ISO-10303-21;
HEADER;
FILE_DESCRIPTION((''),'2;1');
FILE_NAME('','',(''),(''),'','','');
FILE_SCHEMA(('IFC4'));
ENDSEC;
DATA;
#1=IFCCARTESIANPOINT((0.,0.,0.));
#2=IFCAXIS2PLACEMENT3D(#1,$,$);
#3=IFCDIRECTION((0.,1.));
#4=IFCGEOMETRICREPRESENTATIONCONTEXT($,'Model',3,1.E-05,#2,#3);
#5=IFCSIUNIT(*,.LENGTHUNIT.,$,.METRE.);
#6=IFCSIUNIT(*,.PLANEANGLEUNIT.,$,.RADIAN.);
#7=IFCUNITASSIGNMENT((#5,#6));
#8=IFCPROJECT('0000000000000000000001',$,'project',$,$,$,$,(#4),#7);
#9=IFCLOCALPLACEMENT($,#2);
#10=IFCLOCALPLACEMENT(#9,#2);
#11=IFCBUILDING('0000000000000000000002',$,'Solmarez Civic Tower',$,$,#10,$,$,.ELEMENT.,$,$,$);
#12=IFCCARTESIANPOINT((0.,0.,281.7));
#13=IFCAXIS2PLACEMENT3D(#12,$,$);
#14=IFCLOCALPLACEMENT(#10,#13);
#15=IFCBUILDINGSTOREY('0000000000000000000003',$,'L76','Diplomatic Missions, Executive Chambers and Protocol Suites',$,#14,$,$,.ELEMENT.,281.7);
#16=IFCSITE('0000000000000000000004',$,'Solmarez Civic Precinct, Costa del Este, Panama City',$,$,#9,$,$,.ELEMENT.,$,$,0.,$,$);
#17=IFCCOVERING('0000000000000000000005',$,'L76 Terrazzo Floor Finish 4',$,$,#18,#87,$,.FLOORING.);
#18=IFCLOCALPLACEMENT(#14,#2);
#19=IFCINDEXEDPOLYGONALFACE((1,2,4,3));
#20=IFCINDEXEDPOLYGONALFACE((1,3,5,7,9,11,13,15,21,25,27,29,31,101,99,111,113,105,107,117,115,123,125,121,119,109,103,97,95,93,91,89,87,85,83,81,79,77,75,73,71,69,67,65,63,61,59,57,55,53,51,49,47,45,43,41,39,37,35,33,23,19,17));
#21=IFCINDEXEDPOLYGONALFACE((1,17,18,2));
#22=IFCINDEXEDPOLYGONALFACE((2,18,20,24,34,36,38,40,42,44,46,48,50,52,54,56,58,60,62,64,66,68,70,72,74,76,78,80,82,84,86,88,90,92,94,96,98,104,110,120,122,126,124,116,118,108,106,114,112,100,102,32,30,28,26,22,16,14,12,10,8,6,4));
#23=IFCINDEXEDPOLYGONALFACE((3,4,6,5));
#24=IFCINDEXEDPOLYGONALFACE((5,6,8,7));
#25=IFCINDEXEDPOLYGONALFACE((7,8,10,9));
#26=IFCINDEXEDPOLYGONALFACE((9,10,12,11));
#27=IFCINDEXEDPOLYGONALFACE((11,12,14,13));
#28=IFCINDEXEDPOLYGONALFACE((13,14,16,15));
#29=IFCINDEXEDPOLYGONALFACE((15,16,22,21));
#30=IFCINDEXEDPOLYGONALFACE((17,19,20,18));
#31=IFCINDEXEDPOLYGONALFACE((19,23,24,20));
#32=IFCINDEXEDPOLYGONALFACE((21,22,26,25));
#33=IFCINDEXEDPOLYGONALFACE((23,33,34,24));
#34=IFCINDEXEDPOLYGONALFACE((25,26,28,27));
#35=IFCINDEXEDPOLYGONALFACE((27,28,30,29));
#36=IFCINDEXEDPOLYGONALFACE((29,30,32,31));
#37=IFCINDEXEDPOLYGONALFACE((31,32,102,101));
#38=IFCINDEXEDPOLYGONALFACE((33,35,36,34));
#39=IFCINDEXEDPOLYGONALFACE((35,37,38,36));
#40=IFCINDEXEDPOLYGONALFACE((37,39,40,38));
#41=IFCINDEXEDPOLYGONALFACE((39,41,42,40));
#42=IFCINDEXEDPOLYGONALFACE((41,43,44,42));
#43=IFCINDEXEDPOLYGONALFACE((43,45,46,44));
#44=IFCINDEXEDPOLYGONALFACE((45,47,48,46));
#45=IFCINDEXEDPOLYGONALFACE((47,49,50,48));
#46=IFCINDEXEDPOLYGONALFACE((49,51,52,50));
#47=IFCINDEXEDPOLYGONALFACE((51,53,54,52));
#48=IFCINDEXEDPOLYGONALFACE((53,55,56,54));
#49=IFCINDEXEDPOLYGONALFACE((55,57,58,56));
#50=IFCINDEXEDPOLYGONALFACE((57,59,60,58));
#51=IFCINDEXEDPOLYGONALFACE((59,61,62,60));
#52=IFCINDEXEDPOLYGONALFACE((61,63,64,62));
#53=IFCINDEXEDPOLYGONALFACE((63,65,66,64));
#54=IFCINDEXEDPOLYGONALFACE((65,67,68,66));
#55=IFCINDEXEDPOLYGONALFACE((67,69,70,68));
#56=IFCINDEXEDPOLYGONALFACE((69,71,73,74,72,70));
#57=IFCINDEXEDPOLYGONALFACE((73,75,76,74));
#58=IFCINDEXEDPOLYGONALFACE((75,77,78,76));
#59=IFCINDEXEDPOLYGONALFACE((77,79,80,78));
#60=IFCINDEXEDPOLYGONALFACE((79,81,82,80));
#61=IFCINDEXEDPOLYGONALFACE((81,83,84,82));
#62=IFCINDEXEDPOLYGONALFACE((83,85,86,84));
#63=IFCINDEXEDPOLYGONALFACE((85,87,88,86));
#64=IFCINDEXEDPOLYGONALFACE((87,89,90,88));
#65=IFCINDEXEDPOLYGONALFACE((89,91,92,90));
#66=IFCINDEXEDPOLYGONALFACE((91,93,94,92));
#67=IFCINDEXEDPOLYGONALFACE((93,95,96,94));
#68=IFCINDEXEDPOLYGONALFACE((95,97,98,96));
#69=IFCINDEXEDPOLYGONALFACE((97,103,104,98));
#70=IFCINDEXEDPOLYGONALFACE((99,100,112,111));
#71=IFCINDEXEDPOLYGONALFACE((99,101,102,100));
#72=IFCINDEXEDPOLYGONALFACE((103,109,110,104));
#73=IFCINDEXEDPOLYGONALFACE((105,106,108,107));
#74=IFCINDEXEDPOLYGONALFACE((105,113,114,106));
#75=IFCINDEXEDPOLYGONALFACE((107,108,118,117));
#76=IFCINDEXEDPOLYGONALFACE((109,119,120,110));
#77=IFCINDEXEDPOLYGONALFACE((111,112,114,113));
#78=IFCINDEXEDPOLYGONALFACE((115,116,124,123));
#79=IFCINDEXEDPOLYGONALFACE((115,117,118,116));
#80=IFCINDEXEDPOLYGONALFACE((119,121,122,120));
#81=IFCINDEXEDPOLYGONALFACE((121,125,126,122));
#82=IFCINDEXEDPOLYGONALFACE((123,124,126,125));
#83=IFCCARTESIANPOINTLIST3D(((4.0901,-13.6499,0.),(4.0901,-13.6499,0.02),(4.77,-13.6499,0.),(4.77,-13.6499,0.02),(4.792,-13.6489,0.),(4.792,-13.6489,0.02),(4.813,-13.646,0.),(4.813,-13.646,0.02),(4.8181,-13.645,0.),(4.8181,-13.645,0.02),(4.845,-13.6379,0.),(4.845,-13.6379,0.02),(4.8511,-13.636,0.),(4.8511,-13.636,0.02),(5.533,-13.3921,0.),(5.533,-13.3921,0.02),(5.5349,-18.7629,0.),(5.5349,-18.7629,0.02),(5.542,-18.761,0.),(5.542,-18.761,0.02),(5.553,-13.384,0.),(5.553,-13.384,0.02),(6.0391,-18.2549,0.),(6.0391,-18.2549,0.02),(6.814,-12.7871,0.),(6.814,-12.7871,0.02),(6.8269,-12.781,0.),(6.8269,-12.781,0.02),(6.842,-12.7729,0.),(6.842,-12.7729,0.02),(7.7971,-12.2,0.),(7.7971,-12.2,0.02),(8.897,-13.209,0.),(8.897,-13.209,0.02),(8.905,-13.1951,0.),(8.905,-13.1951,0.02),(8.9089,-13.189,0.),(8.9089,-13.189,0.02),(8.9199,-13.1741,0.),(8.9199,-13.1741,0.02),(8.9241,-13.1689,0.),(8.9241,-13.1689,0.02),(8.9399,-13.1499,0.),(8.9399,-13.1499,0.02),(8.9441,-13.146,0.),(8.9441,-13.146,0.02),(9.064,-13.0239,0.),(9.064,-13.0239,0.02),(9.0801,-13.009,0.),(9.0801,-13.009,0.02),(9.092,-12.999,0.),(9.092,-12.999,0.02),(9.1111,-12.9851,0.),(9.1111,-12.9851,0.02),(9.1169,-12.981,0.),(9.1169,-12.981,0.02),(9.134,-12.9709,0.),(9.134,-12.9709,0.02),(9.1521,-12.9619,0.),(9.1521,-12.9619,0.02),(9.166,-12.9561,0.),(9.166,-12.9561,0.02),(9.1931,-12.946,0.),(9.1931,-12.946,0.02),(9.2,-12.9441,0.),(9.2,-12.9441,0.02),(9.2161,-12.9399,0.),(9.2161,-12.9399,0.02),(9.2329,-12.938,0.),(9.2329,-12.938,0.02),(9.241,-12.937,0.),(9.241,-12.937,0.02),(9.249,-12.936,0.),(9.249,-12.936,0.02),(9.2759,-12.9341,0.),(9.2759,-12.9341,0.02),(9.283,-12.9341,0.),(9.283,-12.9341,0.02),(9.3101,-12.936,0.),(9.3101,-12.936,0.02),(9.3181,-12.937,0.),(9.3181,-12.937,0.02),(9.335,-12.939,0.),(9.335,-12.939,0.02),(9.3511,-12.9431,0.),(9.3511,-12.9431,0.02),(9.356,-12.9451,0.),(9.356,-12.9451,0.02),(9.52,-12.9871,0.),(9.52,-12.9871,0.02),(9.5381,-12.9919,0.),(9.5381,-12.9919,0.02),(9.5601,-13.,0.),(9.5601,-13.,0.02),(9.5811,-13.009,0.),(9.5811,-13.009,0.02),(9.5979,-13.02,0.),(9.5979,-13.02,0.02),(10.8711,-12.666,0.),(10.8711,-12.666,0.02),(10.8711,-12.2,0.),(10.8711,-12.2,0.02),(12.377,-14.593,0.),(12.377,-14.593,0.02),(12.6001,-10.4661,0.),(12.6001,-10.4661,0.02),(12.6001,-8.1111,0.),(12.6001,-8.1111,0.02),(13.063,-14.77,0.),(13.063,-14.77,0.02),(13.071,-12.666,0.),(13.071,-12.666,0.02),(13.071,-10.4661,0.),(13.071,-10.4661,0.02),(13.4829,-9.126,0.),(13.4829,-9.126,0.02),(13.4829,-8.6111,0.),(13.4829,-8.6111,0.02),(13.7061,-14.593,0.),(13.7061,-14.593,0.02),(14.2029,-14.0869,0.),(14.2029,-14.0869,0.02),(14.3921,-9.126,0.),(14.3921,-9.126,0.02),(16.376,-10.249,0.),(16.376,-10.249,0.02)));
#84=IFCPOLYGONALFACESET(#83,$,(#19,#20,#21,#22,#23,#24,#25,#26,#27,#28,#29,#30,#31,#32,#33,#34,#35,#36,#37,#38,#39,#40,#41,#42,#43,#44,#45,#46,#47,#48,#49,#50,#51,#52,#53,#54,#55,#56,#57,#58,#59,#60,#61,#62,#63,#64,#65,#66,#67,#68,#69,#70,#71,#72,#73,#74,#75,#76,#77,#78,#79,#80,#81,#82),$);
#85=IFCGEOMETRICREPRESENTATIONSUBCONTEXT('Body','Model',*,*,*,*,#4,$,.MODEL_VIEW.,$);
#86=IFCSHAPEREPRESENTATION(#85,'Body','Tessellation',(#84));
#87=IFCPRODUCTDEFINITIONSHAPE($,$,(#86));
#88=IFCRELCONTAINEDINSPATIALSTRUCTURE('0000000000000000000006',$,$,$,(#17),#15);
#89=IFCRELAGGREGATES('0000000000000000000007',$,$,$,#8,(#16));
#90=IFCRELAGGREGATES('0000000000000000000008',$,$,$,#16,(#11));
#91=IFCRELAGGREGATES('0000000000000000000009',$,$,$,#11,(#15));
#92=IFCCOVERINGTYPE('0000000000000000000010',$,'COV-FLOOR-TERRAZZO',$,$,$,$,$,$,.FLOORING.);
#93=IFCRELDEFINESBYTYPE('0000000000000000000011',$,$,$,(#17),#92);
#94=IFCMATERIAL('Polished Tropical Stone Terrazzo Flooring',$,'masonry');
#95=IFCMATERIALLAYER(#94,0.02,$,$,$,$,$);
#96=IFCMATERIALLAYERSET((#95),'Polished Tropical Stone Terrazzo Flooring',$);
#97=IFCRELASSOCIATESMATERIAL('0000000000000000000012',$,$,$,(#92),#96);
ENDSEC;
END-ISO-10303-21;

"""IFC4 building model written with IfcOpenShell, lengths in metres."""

from ifc_helpers import new_model, si_unit, direction, frame, origin, place, context, subcontext, project, spatial, polyline, outline, extrude, material, layer, layer_set, type_object, element, save


model = new_model("IFC4")

# Units and contexts
model_context = context("Model", 3, precision=1e-05, world=origin(), true_north=direction((0.0, 1.0)))
body_context = subcontext(model_context, "Body", "Model", "MODEL_VIEW")
ifc_project = project(units=[si_unit("LENGTHUNIT", "METRE"), si_unit("PLANEANGLEUNIT", "RADIAN")], contexts=[model_context])

# Site, building, storey
site_placement = place(None, origin())
site = spatial("IfcSite", under=ifc_project, at=site_placement, Name="Solmarez Civic Precinct, Costa del Este, Panama City", CompositionType="ELEMENT", RefElevation=0.0)
building_placement = place(site_placement, origin())
building = spatial("IfcBuilding", under=site, at=building_placement, Name="Solmarez Civic Tower", CompositionType="ELEMENT")
storey_placement = place(building_placement, frame((0.0, 0.0, 281.7)))
storey = spatial("IfcBuildingStorey", under=building, at=storey_placement, Name="L76", Description="Diplomatic Missions, Executive Chambers and Protocol Suites", CompositionType="ELEMENT", Elevation=281.7)

# Covering
ifc_material_1 = material(Name="Polished Tropical Stone Terrazzo Flooring", Category="masonry")
ifc_layer_1 = layer(ifc_material_1, 0.02)
ifc_layer_set_1 = layer_set([ifc_layer_1], Name="Polished Tropical Stone Terrazzo Flooring")
covering_type_1 = type_object("IfcCoveringType", Name="COV-FLOOR-TERRAZZO", PredefinedType="FLOORING", material=ifc_layer_set_1)
covering_1_placement = place(storey_placement, origin())
element("IfcCovering", 1, at=covering_1_placement, inside=storey, type_object=covering_type_1, Name="L76 Terrazzo Floor Finish 4", PredefinedType="FLOORING", context=body_context, shape_type="SweptSolid", body=[
    extrude(outline(polyline([(6.814, -12.7871), (5.553, -13.384), (5.533, -13.3921), (4.8511, -13.636), (4.845, -13.6379), (4.8181, -13.645), (4.813, -13.646), (4.792, -13.6489), (4.77, -13.6499), (4.0901, -13.6499), (5.5349, -18.7629), (5.542, -18.761), (6.0391, -18.2549), (8.897, -13.209), (8.905, -13.1951), (8.9089, -13.189), (8.9199, -13.1741), (8.9241, -13.1689), (8.9399, -13.1499), (8.9441, -13.146), (9.064, -13.0239), (9.0801, -13.009), (9.092, -12.999), (9.1111, -12.9851), (9.1169, -12.981), (9.134, -12.9709), (9.1521, -12.9619), (9.166, -12.9561), (9.1931, -12.946), (9.2, -12.9441), (9.2161, -12.9399), (9.2329, -12.938), (9.241, -12.937), (9.249, -12.936), (9.2759, -12.9341), (9.283, -12.9341), (9.3101, -12.936), (9.3181, -12.937), (9.335, -12.939), (9.3511, -12.9431), (9.356, -12.9451), (9.52, -12.9871), (9.5381, -12.9919), (9.5601, -13.0), (9.5811, -13.009), (9.5979, -13.02), (12.377, -14.593), (13.063, -14.77), (13.7061, -14.593), (14.2029, -14.0869), (16.376, -10.249), (14.3921, -9.126), (13.4829, -9.126), (13.4829, -8.6111), (12.6001, -8.1111), (12.6001, -10.4661), (13.071, -10.4661), (13.071, -12.666), (10.8711, -12.666), (10.8711, -12.2), (7.7971, -12.2), (6.842, -12.7729), (6.8269, -12.781), (6.814, -12.7871)])), origin(), (0.0, 0.0, 1.0), 0.02),
])

save(model, "model.ifc")
